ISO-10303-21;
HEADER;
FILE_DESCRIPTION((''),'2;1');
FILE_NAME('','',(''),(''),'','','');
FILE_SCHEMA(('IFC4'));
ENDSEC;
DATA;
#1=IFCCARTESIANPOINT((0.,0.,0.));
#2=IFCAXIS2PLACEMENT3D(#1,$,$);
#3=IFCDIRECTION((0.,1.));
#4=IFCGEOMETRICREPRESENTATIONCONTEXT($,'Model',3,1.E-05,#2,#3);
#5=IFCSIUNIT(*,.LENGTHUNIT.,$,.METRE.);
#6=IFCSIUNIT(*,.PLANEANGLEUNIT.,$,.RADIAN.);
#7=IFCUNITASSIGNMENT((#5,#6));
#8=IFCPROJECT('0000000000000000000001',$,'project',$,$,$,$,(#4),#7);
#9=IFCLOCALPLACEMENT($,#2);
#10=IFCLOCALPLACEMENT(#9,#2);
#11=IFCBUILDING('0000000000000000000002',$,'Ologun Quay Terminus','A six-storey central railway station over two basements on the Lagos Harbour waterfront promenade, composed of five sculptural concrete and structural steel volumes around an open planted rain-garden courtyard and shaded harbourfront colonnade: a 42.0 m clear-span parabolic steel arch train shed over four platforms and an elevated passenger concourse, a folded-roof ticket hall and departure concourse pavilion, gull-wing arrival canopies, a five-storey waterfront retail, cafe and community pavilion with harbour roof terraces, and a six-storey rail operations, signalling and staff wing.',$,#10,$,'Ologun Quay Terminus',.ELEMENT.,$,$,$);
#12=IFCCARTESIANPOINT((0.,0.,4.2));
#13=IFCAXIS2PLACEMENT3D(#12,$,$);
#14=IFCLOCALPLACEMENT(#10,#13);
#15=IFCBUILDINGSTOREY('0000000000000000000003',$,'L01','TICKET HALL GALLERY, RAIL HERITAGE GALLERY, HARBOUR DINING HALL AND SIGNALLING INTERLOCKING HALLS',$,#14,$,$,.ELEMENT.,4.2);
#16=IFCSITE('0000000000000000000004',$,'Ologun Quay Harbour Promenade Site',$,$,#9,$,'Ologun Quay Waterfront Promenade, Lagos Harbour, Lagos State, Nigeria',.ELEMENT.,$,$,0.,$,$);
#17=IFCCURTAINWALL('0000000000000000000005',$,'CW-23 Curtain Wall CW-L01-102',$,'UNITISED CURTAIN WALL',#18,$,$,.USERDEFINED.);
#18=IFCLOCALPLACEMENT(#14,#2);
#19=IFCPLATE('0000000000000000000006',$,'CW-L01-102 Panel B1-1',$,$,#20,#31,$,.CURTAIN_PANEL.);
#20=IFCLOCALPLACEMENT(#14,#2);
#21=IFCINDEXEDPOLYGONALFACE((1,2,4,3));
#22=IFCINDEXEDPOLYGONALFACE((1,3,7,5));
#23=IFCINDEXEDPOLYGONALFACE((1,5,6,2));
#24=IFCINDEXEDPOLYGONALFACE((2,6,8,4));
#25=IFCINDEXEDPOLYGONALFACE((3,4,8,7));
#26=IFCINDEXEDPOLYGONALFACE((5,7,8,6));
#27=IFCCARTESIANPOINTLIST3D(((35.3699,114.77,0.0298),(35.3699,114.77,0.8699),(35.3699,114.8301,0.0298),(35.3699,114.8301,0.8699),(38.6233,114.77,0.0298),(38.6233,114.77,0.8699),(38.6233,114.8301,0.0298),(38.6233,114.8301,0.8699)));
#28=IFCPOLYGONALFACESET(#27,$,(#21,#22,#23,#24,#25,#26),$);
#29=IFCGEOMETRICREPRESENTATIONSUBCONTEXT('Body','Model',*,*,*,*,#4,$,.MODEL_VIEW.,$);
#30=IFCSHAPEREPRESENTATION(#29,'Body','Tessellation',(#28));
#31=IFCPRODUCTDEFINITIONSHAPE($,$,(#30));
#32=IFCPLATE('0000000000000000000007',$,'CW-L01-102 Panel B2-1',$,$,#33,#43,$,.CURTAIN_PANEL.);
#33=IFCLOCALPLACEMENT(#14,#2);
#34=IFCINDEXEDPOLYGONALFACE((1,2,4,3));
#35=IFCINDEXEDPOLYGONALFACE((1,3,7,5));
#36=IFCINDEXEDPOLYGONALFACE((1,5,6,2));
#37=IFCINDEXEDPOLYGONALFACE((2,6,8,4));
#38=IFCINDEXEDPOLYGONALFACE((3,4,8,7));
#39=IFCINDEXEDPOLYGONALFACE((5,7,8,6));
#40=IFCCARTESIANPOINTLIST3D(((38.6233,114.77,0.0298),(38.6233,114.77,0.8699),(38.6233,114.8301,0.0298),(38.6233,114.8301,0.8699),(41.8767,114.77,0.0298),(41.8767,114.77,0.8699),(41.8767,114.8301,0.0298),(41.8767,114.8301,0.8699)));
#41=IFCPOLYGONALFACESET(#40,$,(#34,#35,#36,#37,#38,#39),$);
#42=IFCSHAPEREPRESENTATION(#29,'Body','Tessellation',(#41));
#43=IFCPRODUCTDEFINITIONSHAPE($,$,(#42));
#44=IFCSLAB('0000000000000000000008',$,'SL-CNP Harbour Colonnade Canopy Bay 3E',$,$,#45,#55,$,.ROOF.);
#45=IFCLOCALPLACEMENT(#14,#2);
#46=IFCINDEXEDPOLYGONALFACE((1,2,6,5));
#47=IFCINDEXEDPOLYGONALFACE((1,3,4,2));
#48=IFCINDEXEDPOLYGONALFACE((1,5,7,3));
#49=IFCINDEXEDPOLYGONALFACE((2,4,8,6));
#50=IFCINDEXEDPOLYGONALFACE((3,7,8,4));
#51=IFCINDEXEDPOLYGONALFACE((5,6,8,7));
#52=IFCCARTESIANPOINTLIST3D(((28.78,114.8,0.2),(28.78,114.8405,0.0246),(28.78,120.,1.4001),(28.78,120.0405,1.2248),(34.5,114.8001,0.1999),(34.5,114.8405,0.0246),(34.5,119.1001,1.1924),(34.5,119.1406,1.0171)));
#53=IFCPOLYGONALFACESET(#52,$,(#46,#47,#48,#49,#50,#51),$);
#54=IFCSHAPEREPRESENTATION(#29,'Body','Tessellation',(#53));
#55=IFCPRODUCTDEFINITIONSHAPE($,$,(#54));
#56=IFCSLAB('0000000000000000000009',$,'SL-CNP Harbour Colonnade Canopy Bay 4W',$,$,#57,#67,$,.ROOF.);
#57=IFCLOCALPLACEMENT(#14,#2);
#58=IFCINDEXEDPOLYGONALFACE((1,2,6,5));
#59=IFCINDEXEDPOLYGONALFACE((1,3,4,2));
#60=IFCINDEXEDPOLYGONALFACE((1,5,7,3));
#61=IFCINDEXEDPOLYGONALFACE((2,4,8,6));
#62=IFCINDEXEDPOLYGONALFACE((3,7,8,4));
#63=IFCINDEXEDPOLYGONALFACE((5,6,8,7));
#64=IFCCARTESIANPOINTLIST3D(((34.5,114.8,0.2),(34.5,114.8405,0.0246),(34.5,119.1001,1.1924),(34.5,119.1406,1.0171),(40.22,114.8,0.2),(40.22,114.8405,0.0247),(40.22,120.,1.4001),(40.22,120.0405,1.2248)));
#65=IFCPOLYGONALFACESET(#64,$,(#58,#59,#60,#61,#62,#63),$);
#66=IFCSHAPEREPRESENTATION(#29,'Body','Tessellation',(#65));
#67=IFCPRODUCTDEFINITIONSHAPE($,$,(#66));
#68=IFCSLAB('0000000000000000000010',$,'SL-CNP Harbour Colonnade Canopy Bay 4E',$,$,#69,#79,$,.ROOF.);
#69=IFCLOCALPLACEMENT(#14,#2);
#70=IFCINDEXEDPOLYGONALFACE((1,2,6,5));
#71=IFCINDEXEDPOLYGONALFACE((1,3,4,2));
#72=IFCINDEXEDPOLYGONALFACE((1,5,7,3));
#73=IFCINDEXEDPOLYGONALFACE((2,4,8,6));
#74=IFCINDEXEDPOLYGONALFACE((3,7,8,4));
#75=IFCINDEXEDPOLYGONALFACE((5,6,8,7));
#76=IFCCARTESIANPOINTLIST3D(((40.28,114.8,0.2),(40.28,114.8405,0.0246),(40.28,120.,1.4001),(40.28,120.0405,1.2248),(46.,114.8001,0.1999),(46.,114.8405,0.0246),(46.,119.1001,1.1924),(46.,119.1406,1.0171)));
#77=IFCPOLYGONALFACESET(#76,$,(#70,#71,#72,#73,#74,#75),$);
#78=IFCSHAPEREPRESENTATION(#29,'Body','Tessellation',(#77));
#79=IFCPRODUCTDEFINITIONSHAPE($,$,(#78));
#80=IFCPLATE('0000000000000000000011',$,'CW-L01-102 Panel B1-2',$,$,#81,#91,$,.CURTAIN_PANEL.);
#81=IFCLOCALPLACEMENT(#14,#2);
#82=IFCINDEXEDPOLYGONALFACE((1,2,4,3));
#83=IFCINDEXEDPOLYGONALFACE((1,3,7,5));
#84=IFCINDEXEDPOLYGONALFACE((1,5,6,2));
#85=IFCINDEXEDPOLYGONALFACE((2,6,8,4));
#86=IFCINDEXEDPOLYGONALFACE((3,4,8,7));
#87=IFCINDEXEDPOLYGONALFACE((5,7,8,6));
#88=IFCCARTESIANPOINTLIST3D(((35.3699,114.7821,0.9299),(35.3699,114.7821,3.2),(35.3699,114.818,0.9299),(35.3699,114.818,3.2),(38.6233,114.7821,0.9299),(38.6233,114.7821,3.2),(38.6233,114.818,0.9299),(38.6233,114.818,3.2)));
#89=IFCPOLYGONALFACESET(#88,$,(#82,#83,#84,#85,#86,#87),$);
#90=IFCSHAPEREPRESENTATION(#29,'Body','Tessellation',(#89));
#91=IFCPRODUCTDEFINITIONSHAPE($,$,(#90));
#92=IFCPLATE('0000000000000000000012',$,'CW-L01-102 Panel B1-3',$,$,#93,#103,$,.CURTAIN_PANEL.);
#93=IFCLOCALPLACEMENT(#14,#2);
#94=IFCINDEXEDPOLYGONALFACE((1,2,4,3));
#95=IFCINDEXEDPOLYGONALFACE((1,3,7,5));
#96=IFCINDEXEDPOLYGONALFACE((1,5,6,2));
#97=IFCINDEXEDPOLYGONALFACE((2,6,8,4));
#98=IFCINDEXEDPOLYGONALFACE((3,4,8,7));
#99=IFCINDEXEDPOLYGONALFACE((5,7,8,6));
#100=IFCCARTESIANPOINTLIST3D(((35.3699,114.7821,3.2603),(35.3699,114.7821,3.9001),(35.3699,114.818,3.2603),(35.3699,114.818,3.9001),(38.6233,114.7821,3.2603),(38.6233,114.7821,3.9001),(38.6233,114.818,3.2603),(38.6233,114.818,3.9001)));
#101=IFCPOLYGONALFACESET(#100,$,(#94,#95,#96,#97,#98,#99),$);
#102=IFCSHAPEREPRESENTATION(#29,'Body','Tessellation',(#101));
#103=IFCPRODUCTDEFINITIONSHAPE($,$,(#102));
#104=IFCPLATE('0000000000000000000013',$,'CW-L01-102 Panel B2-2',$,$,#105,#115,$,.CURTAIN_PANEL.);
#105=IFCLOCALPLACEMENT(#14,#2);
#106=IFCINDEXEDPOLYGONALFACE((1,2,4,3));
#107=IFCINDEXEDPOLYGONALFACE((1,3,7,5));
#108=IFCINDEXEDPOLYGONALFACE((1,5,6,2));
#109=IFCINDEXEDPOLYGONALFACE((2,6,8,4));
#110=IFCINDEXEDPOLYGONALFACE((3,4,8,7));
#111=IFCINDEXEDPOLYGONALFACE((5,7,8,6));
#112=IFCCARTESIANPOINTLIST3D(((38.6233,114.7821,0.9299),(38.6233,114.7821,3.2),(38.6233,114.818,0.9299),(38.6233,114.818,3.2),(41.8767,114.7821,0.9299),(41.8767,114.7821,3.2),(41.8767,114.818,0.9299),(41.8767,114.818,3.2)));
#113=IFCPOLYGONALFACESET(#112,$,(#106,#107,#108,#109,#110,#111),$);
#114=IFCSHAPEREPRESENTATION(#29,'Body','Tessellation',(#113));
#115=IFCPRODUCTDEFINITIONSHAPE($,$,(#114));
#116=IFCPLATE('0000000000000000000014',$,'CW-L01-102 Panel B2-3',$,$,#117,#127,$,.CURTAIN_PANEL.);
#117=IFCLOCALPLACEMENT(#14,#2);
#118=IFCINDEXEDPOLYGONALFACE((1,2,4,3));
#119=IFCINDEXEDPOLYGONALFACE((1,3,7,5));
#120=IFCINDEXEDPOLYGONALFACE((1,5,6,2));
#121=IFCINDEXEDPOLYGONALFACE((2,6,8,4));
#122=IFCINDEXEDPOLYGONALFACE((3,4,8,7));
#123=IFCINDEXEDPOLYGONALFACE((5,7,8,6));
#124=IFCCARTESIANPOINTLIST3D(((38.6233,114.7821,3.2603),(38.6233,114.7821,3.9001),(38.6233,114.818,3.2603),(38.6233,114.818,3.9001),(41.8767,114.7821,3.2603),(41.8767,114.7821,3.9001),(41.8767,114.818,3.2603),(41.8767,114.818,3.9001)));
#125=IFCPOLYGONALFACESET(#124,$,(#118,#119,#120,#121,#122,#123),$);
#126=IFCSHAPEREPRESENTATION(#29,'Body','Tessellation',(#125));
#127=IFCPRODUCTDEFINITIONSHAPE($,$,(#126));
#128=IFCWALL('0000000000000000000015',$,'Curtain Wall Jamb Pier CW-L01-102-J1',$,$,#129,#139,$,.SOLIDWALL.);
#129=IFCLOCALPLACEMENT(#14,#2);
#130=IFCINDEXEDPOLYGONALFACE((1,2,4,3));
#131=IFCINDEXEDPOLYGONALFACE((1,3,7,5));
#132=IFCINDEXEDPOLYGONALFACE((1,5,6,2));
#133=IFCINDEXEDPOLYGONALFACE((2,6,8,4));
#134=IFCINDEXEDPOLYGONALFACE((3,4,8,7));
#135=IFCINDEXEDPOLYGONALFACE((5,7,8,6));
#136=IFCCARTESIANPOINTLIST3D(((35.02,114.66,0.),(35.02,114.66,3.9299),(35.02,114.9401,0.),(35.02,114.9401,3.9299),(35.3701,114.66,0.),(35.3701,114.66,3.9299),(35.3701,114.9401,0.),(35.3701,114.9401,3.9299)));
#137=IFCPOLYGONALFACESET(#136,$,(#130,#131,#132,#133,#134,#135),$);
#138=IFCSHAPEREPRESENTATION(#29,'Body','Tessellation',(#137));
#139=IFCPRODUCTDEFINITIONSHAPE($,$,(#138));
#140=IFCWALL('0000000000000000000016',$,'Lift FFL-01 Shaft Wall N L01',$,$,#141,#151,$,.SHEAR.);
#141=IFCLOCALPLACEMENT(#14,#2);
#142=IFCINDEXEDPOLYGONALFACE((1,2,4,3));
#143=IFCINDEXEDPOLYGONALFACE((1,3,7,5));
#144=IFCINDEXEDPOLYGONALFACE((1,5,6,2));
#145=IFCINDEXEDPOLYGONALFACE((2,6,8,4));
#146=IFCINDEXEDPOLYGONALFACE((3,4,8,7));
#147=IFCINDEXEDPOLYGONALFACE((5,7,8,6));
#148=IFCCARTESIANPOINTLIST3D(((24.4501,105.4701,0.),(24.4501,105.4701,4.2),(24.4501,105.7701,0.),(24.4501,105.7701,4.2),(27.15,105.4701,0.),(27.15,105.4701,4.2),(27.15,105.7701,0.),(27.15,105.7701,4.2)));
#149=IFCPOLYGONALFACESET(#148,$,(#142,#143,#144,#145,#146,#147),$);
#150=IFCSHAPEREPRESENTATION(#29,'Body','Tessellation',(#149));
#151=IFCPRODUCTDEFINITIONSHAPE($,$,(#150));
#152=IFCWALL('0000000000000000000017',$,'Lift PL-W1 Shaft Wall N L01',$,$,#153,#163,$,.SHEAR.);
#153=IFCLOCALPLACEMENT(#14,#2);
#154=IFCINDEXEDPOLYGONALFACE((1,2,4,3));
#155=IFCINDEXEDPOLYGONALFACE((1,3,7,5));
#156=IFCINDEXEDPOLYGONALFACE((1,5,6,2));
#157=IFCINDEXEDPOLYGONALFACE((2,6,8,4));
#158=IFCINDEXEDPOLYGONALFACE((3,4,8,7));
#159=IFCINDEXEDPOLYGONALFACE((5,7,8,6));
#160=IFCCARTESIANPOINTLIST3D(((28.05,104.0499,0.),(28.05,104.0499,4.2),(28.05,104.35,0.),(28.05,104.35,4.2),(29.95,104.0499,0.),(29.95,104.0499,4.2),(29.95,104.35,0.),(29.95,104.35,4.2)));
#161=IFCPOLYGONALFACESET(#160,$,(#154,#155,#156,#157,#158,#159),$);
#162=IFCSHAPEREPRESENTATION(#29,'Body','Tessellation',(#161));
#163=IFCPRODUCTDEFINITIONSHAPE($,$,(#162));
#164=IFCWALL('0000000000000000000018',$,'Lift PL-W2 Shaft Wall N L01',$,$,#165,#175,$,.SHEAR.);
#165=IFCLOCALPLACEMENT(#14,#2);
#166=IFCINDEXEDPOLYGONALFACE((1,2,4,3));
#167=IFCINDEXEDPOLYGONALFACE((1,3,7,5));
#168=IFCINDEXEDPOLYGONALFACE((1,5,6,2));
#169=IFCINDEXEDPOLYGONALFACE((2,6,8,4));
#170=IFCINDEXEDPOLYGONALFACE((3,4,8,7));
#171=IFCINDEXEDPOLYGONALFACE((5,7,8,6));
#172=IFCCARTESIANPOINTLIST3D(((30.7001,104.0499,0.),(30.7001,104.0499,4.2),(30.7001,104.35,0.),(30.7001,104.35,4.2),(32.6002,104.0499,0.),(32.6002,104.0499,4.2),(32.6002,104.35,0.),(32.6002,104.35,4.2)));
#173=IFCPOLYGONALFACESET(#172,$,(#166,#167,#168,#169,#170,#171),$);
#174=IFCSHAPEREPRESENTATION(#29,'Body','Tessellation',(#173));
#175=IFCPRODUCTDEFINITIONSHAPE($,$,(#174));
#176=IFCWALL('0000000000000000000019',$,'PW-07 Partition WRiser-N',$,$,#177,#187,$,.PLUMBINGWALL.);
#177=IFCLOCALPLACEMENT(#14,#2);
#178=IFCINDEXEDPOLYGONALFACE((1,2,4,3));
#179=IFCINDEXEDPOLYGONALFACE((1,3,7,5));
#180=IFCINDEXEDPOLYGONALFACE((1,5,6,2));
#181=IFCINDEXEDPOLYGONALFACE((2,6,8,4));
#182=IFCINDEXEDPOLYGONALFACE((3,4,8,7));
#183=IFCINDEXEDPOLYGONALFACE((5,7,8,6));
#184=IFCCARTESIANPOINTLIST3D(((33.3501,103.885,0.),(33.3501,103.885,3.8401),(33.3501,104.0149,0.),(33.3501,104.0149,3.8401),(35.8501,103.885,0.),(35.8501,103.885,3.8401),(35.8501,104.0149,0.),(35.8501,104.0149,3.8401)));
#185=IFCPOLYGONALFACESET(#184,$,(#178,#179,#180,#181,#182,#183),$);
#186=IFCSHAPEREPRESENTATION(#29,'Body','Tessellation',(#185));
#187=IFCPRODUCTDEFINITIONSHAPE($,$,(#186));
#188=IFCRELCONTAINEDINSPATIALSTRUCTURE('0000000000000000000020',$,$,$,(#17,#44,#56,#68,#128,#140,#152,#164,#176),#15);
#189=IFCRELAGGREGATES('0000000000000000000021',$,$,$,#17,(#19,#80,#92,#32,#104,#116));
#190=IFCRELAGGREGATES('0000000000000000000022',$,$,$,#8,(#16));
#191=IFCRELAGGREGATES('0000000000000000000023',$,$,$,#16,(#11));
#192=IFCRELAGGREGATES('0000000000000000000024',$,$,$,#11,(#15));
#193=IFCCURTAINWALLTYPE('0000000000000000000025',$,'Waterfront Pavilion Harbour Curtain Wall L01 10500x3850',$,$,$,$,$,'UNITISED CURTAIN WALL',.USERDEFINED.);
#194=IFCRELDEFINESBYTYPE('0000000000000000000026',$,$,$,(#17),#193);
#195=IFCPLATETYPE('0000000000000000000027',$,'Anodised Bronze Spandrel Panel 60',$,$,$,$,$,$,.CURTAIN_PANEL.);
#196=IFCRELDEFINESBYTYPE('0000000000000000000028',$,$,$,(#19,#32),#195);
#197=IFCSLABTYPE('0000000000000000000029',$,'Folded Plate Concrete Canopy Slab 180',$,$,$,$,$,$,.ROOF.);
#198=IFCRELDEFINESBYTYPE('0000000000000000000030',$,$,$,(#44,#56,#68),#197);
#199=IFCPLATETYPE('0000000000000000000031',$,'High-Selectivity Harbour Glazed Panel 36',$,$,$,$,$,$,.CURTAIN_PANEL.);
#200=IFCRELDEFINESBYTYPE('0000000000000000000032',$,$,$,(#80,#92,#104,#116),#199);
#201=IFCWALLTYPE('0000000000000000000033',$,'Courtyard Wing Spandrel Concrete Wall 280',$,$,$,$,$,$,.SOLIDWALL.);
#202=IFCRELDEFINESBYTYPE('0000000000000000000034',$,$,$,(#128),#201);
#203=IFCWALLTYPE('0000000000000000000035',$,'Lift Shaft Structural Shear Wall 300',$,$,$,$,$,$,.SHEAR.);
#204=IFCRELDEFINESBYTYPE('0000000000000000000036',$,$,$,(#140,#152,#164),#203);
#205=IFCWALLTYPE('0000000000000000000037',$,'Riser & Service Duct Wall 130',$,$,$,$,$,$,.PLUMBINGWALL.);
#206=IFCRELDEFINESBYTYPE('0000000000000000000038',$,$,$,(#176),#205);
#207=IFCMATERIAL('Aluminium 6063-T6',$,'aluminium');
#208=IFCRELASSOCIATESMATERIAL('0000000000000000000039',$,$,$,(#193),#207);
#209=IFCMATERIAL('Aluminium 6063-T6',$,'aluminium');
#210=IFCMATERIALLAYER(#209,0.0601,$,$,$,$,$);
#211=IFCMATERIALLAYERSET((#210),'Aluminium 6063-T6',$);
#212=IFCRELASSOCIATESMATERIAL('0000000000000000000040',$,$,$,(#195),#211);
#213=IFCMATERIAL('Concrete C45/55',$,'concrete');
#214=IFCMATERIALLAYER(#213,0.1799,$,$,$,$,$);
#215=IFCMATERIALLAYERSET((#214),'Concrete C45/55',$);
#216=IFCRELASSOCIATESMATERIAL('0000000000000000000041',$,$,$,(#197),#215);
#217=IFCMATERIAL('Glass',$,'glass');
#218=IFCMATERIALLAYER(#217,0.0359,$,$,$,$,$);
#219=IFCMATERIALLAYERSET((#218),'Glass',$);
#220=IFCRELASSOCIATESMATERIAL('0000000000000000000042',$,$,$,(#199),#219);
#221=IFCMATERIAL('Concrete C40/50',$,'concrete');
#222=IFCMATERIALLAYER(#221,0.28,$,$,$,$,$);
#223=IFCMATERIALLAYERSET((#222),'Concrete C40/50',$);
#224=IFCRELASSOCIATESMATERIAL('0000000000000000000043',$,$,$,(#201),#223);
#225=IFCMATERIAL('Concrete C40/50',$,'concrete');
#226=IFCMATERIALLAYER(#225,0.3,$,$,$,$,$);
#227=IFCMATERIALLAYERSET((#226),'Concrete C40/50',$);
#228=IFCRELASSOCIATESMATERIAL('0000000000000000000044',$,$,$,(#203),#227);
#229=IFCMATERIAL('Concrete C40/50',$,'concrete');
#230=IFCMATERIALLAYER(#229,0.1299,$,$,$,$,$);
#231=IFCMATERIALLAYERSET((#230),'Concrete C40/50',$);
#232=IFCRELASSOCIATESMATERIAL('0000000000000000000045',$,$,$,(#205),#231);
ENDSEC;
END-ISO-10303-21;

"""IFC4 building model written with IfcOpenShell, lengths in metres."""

from ifc_helpers import new_model, si_unit, direction, frame, frame_2d, origin, origin_2d, place, context, subcontext, project, spatial, polyline, rectangle, outline, extrude, material, layer, layer_set, type_object, element, aggregate, save


model = new_model("IFC4")

# Units and contexts
model_context = context("Model", 3, precision=1e-05, world=origin(), true_north=direction((0.0, 1.0)))
body_context = subcontext(model_context, "Body", "Model", "MODEL_VIEW")
ifc_project = project(units=[si_unit("LENGTHUNIT", "METRE"), si_unit("PLANEANGLEUNIT", "RADIAN")], contexts=[model_context])

# Site, building, storey
site_placement = place(None, origin())
site = spatial("IfcSite", under=ifc_project, at=site_placement, Name="Ologun Quay Harbour Promenade Site", LongName="Ologun Quay Waterfront Promenade, Lagos Harbour, Lagos State, Nigeria", CompositionType="ELEMENT", RefElevation=0.0)
building_placement = place(site_placement, origin())
building = spatial("IfcBuilding", under=site, at=building_placement, Name="Ologun Quay Terminus", Description="A six-storey central railway station over two basements on the Lagos Harbour waterfront promenade, composed of five sculptural concrete and structural steel volumes around an open planted rain-garden courtyard and shaded harbourfront colonnade: a 42.0 m clear-span parabolic steel arch train shed over four platforms and an elevated passenger concourse, a folded-roof ticket hall and departure concourse pavilion, gull-wing arrival canopies, a five-storey waterfront retail, cafe and community pavilion with harbour roof terraces, and a six-storey rail operations, signalling and staff wing.", LongName="Ologun Quay Terminus", CompositionType="ELEMENT")
storey_placement = place(building_placement, frame((0.0, 0.0, 4.2)))
storey = spatial("IfcBuildingStorey", under=building, at=storey_placement, Name="L01", Description="TICKET HALL GALLERY, RAIL HERITAGE GALLERY, HARBOUR DINING HALL AND SIGNALLING INTERLOCKING HALLS", CompositionType="ELEMENT", Elevation=4.2)

# Curtain wall, plates
ifc_material_1 = material(Name="Aluminium 6063-T6", Category="aluminium")
curtain_wall_type = type_object("IfcCurtainWallType", Name="Waterfront Pavilion Harbour Curtain Wall L01 10500x3850", ElementType="UNITISED CURTAIN WALL", PredefinedType="USERDEFINED", material=ifc_material_1)
curtain_wall_placement = place(storey_placement, origin())
curtain_wall = element("IfcCurtainWall", 1, at=curtain_wall_placement, inside=storey, type_object=curtain_wall_type, Name="CW-23 Curtain Wall CW-L01-102", ObjectType="UNITISED CURTAIN WALL", PredefinedType="USERDEFINED")
ifc_material_2 = material(Name="Aluminium 6063-T6", Category="aluminium")
ifc_layer_1 = layer(ifc_material_2, 0.0601)
ifc_layer_set_1 = layer_set([ifc_layer_1], Name="Aluminium 6063-T6")
plate_type_1 = type_object("IfcPlateType", Name="Anodised Bronze Spandrel Panel 60", PredefinedType="CURTAIN_PANEL", material=ifc_layer_set_1)
plate_1_placement = place(storey_placement, frame((36.9966, 114.8, 0.0298), z_axis=(0.0, 0.0, 1.0), x_axis=(1.0, 0.0, 0.0)))
plate_1 = element("IfcPlate", 2, at=plate_1_placement, type_object=plate_type_1, Name="CW-L01-102 Panel B1-1", PredefinedType="CURTAIN_PANEL", context=body_context, shape_type="SweptSolid", body=[
    extrude(rectangle(XDim=3.2534, YDim=0.0601, at=origin_2d()), origin(), (0.0, 0.0, 1.0), 0.8401),
])
plate_2_placement = place(storey_placement, frame((40.25, 114.8, 0.0298), z_axis=(0.0, 0.0, 1.0), x_axis=(1.0, 0.0, 0.0)))
plate_2 = element("IfcPlate", 3, at=plate_2_placement, type_object=plate_type_1, Name="CW-L01-102 Panel B2-1", PredefinedType="CURTAIN_PANEL", context=body_context, shape_type="SweptSolid", body=[
    extrude(rectangle(XDim=3.2534, YDim=0.0601, at=origin_2d()), origin(), (0.0, 0.0, 1.0), 0.8401),
])

# Slabs
ifc_material_3 = material(Name="Concrete C45/55", Category="concrete")
ifc_layer_2 = layer(ifc_material_3, 0.1799)
ifc_layer_set_2 = layer_set([ifc_layer_2], Name="Concrete C45/55")
slab_type = type_object("IfcSlabType", Name="Folded Plate Concrete Canopy Slab 180", PredefinedType="ROOF", material=ifc_layer_set_2)
slab_1_placement = place(storey_placement, frame((28.78, 114.8, 0.2), z_axis=(0.000005, -0.224891, 0.974384), x_axis=(1.0, 0.000001, -0.000005)))
element("IfcSlab", 4, at=slab_1_placement, inside=storey, type_object=slab_type, Name="SL-CNP Harbour Colonnade Canopy Bay 3E", PredefinedType="ROOF", context=body_context, shape_type="SweptSolid", body=[
    extrude(outline(polyline([(0.0, 0.0), (5.72, 0.0), (5.72, 4.4131), (0.0, 5.3367), (0.0, 0.0)])), origin(), (0.0, 0.0, -1.0), 0.1799),
])
slab_2_placement = place(storey_placement, frame((34.5, 114.8, 0.2), z_axis=(-0.000005, -0.224891, 0.974384), x_axis=(1.0, -0.000001, 0.000005)))
element("IfcSlab", 5, at=slab_2_placement, inside=storey, type_object=slab_type, Name="SL-CNP Harbour Colonnade Canopy Bay 4W", PredefinedType="ROOF", context=body_context, shape_type="SweptSolid", body=[
    extrude(outline(polyline([(0.0, 0.0), (5.72, 0.0), (5.72, 5.3367), (0.0, 4.4131), (0.0, 0.0)])), origin(), (0.0, 0.0, -1.0), 0.1799),
])
slab_3_placement = place(storey_placement, frame((40.28, 114.8, 0.2), z_axis=(0.000005, -0.224891, 0.974384), x_axis=(1.0, 0.000001, -0.000005)))
element("IfcSlab", 6, at=slab_3_placement, inside=storey, type_object=slab_type, Name="SL-CNP Harbour Colonnade Canopy Bay 4E", PredefinedType="ROOF", context=body_context, shape_type="SweptSolid", body=[
    extrude(outline(polyline([(0.0, 0.0), (5.72, 0.0), (5.72, 4.4131), (0.0, 5.3367), (0.0, 0.0)])), origin(), (0.0, 0.0, -1.0), 0.1799),
])

# Plates
ifc_material_4 = material(Name="Glass", Category="glass")
ifc_layer_3 = layer(ifc_material_4, 0.0359)
ifc_layer_set_3 = layer_set([ifc_layer_3], Name="Glass")
plate_type_2 = type_object("IfcPlateType", Name="High-Selectivity Harbour Glazed Panel 36", PredefinedType="CURTAIN_PANEL", material=ifc_layer_set_3)
plate_3_placement = place(storey_placement, frame((36.9966, 114.8, 0.9299), z_axis=(0.0, 0.0, 1.0), x_axis=(1.0, 0.0, 0.0)))
plate_3 = element("IfcPlate", 7, at=plate_3_placement, type_object=plate_type_2, Name="CW-L01-102 Panel B1-2", PredefinedType="CURTAIN_PANEL", context=body_context, shape_type="SweptSolid", body=[
    extrude(rectangle(XDim=3.2534, YDim=0.0359, at=origin_2d()), origin(), (0.0, 0.0, 1.0), 2.27),
])
plate_4_placement = place(storey_placement, frame((36.9966, 114.8, 3.2603), z_axis=(0.0, 0.0, 1.0), x_axis=(1.0, 0.0, 0.0)))
plate_4 = element("IfcPlate", 8, at=plate_4_placement, type_object=plate_type_2, Name="CW-L01-102 Panel B1-3", PredefinedType="CURTAIN_PANEL", context=body_context, shape_type="SweptSolid", body=[
    extrude(rectangle(XDim=3.2534, YDim=0.0359, at=origin_2d()), origin(), (0.0, 0.0, 1.0), 0.6399),
])
plate_5_placement = place(storey_placement, frame((40.25, 114.8, 0.9299), z_axis=(0.0, 0.0, 1.0), x_axis=(1.0, 0.0, 0.0)))
plate_5 = element("IfcPlate", 9, at=plate_5_placement, type_object=plate_type_2, Name="CW-L01-102 Panel B2-2", PredefinedType="CURTAIN_PANEL", context=body_context, shape_type="SweptSolid", body=[
    extrude(rectangle(XDim=3.2534, YDim=0.0359, at=origin_2d()), origin(), (0.0, 0.0, 1.0), 2.27),
])
plate_6_placement = place(storey_placement, frame((40.25, 114.8, 3.2603), z_axis=(0.0, 0.0, 1.0), x_axis=(1.0, 0.0, 0.0)))
plate_6 = element("IfcPlate", 10, at=plate_6_placement, type_object=plate_type_2, Name="CW-L01-102 Panel B2-3", PredefinedType="CURTAIN_PANEL", context=body_context, shape_type="SweptSolid", body=[
    extrude(rectangle(XDim=3.2534, YDim=0.0359, at=origin_2d()), origin(), (0.0, 0.0, 1.0), 0.6399),
])
aggregate(curtain_wall, [plate_1, plate_3, plate_4, plate_2, plate_5, plate_6])

# Wall
ifc_material_5 = material(Name="Concrete C40/50", Category="concrete")
ifc_layer_4 = layer(ifc_material_5, 0.28)
ifc_layer_set_4 = layer_set([ifc_layer_4], Name="Concrete C40/50")
wall_type_1 = type_object("IfcWallType", Name="Courtyard Wing Spandrel Concrete Wall 280", PredefinedType="SOLIDWALL", material=ifc_layer_set_4)
wall_1_placement = place(storey_placement, frame((35.02, 114.8, 0.0), z_axis=(0.0, 0.0, 1.0), x_axis=(1.0, 0.0, 0.0)))
element("IfcWall", 11, at=wall_1_placement, inside=storey, type_object=wall_type_1, Name="Curtain Wall Jamb Pier CW-L01-102-J1", PredefinedType="SOLIDWALL", context=body_context, shape_type="SweptSolid", body=[
    extrude(rectangle(XDim=0.3501, YDim=0.28, at=frame_2d((0.175, 0.0))), origin(), (0.0, 0.0, 1.0), 3.9299),
])

# Shared definitions
ifc_material_6 = material(Name="Concrete C40/50", Category="concrete")
ifc_layer_5 = layer(ifc_material_6, 0.3)
ifc_layer_set_5 = layer_set([ifc_layer_5], Name="Concrete C40/50")
wall_type_2 = type_object("IfcWallType", Name="Lift Shaft Structural Shear Wall 300", PredefinedType="SHEAR", material=ifc_layer_set_5)

# Walls
wall_2_placement = place(storey_placement, frame((24.45, 105.6201, 0.0), z_axis=(0.0, 0.0, 1.0), x_axis=(1.0, 0.0, 0.0)))
element("IfcWall", 12, at=wall_2_placement, inside=storey, type_object=wall_type_2, Name="Lift FFL-01 Shaft Wall N L01", PredefinedType="SHEAR", context=body_context, shape_type="SweptSolid", body=[
    extrude(rectangle(XDim=2.7, YDim=0.3, at=frame_2d((1.3501, 0.0))), origin(), (0.0, 0.0, 1.0), 4.2),
])
wall_3_placement = place(storey_placement, frame((28.05, 104.2, 0.0), z_axis=(0.0, 0.0, 1.0), x_axis=(1.0, 0.0, 0.0)))
element("IfcWall", 13, at=wall_3_placement, inside=storey, type_object=wall_type_2, Name="Lift PL-W1 Shaft Wall N L01", PredefinedType="SHEAR", context=body_context, shape_type="SweptSolid", body=[
    extrude(rectangle(XDim=1.8999, YDim=0.3, at=frame_2d((0.95, 0.0))), origin(), (0.0, 0.0, 1.0), 4.2),
])
wall_4_placement = place(storey_placement, frame((30.7, 104.2, 0.0), z_axis=(0.0, 0.0, 1.0), x_axis=(1.0, 0.0, 0.0)))
element("IfcWall", 14, at=wall_4_placement, inside=storey, type_object=wall_type_2, Name="Lift PL-W2 Shaft Wall N L01", PredefinedType="SHEAR", context=body_context, shape_type="SweptSolid", body=[
    extrude(rectangle(XDim=1.9001, YDim=0.3, at=frame_2d((0.9502, 0.0))), origin(), (0.0, 0.0, 1.0), 4.2),
])
ifc_material_7 = material(Name="Concrete C40/50", Category="concrete")
ifc_layer_6 = layer(ifc_material_7, 0.1299)
ifc_layer_set_6 = layer_set([ifc_layer_6], Name="Concrete C40/50")
wall_type_3 = type_object("IfcWallType", Name="Riser & Service Duct Wall 130", PredefinedType="PLUMBINGWALL", material=ifc_layer_set_6)
wall_5_placement = place(storey_placement, frame((33.3501, 103.95, 0.0), z_axis=(0.0, 0.0, 1.0), x_axis=(1.0, 0.0, 0.0)))
element("IfcWall", 15, at=wall_5_placement, inside=storey, type_object=wall_type_3, Name="PW-07 Partition WRiser-N", PredefinedType="PLUMBINGWALL", context=body_context, shape_type="SweptSolid", body=[
    extrude(rectangle(XDim=2.5, YDim=0.1299, at=frame_2d((1.25, 0.0))), origin(), (0.0, 0.0, 1.0), 3.8401),
])

save(model, "model.ifc")
